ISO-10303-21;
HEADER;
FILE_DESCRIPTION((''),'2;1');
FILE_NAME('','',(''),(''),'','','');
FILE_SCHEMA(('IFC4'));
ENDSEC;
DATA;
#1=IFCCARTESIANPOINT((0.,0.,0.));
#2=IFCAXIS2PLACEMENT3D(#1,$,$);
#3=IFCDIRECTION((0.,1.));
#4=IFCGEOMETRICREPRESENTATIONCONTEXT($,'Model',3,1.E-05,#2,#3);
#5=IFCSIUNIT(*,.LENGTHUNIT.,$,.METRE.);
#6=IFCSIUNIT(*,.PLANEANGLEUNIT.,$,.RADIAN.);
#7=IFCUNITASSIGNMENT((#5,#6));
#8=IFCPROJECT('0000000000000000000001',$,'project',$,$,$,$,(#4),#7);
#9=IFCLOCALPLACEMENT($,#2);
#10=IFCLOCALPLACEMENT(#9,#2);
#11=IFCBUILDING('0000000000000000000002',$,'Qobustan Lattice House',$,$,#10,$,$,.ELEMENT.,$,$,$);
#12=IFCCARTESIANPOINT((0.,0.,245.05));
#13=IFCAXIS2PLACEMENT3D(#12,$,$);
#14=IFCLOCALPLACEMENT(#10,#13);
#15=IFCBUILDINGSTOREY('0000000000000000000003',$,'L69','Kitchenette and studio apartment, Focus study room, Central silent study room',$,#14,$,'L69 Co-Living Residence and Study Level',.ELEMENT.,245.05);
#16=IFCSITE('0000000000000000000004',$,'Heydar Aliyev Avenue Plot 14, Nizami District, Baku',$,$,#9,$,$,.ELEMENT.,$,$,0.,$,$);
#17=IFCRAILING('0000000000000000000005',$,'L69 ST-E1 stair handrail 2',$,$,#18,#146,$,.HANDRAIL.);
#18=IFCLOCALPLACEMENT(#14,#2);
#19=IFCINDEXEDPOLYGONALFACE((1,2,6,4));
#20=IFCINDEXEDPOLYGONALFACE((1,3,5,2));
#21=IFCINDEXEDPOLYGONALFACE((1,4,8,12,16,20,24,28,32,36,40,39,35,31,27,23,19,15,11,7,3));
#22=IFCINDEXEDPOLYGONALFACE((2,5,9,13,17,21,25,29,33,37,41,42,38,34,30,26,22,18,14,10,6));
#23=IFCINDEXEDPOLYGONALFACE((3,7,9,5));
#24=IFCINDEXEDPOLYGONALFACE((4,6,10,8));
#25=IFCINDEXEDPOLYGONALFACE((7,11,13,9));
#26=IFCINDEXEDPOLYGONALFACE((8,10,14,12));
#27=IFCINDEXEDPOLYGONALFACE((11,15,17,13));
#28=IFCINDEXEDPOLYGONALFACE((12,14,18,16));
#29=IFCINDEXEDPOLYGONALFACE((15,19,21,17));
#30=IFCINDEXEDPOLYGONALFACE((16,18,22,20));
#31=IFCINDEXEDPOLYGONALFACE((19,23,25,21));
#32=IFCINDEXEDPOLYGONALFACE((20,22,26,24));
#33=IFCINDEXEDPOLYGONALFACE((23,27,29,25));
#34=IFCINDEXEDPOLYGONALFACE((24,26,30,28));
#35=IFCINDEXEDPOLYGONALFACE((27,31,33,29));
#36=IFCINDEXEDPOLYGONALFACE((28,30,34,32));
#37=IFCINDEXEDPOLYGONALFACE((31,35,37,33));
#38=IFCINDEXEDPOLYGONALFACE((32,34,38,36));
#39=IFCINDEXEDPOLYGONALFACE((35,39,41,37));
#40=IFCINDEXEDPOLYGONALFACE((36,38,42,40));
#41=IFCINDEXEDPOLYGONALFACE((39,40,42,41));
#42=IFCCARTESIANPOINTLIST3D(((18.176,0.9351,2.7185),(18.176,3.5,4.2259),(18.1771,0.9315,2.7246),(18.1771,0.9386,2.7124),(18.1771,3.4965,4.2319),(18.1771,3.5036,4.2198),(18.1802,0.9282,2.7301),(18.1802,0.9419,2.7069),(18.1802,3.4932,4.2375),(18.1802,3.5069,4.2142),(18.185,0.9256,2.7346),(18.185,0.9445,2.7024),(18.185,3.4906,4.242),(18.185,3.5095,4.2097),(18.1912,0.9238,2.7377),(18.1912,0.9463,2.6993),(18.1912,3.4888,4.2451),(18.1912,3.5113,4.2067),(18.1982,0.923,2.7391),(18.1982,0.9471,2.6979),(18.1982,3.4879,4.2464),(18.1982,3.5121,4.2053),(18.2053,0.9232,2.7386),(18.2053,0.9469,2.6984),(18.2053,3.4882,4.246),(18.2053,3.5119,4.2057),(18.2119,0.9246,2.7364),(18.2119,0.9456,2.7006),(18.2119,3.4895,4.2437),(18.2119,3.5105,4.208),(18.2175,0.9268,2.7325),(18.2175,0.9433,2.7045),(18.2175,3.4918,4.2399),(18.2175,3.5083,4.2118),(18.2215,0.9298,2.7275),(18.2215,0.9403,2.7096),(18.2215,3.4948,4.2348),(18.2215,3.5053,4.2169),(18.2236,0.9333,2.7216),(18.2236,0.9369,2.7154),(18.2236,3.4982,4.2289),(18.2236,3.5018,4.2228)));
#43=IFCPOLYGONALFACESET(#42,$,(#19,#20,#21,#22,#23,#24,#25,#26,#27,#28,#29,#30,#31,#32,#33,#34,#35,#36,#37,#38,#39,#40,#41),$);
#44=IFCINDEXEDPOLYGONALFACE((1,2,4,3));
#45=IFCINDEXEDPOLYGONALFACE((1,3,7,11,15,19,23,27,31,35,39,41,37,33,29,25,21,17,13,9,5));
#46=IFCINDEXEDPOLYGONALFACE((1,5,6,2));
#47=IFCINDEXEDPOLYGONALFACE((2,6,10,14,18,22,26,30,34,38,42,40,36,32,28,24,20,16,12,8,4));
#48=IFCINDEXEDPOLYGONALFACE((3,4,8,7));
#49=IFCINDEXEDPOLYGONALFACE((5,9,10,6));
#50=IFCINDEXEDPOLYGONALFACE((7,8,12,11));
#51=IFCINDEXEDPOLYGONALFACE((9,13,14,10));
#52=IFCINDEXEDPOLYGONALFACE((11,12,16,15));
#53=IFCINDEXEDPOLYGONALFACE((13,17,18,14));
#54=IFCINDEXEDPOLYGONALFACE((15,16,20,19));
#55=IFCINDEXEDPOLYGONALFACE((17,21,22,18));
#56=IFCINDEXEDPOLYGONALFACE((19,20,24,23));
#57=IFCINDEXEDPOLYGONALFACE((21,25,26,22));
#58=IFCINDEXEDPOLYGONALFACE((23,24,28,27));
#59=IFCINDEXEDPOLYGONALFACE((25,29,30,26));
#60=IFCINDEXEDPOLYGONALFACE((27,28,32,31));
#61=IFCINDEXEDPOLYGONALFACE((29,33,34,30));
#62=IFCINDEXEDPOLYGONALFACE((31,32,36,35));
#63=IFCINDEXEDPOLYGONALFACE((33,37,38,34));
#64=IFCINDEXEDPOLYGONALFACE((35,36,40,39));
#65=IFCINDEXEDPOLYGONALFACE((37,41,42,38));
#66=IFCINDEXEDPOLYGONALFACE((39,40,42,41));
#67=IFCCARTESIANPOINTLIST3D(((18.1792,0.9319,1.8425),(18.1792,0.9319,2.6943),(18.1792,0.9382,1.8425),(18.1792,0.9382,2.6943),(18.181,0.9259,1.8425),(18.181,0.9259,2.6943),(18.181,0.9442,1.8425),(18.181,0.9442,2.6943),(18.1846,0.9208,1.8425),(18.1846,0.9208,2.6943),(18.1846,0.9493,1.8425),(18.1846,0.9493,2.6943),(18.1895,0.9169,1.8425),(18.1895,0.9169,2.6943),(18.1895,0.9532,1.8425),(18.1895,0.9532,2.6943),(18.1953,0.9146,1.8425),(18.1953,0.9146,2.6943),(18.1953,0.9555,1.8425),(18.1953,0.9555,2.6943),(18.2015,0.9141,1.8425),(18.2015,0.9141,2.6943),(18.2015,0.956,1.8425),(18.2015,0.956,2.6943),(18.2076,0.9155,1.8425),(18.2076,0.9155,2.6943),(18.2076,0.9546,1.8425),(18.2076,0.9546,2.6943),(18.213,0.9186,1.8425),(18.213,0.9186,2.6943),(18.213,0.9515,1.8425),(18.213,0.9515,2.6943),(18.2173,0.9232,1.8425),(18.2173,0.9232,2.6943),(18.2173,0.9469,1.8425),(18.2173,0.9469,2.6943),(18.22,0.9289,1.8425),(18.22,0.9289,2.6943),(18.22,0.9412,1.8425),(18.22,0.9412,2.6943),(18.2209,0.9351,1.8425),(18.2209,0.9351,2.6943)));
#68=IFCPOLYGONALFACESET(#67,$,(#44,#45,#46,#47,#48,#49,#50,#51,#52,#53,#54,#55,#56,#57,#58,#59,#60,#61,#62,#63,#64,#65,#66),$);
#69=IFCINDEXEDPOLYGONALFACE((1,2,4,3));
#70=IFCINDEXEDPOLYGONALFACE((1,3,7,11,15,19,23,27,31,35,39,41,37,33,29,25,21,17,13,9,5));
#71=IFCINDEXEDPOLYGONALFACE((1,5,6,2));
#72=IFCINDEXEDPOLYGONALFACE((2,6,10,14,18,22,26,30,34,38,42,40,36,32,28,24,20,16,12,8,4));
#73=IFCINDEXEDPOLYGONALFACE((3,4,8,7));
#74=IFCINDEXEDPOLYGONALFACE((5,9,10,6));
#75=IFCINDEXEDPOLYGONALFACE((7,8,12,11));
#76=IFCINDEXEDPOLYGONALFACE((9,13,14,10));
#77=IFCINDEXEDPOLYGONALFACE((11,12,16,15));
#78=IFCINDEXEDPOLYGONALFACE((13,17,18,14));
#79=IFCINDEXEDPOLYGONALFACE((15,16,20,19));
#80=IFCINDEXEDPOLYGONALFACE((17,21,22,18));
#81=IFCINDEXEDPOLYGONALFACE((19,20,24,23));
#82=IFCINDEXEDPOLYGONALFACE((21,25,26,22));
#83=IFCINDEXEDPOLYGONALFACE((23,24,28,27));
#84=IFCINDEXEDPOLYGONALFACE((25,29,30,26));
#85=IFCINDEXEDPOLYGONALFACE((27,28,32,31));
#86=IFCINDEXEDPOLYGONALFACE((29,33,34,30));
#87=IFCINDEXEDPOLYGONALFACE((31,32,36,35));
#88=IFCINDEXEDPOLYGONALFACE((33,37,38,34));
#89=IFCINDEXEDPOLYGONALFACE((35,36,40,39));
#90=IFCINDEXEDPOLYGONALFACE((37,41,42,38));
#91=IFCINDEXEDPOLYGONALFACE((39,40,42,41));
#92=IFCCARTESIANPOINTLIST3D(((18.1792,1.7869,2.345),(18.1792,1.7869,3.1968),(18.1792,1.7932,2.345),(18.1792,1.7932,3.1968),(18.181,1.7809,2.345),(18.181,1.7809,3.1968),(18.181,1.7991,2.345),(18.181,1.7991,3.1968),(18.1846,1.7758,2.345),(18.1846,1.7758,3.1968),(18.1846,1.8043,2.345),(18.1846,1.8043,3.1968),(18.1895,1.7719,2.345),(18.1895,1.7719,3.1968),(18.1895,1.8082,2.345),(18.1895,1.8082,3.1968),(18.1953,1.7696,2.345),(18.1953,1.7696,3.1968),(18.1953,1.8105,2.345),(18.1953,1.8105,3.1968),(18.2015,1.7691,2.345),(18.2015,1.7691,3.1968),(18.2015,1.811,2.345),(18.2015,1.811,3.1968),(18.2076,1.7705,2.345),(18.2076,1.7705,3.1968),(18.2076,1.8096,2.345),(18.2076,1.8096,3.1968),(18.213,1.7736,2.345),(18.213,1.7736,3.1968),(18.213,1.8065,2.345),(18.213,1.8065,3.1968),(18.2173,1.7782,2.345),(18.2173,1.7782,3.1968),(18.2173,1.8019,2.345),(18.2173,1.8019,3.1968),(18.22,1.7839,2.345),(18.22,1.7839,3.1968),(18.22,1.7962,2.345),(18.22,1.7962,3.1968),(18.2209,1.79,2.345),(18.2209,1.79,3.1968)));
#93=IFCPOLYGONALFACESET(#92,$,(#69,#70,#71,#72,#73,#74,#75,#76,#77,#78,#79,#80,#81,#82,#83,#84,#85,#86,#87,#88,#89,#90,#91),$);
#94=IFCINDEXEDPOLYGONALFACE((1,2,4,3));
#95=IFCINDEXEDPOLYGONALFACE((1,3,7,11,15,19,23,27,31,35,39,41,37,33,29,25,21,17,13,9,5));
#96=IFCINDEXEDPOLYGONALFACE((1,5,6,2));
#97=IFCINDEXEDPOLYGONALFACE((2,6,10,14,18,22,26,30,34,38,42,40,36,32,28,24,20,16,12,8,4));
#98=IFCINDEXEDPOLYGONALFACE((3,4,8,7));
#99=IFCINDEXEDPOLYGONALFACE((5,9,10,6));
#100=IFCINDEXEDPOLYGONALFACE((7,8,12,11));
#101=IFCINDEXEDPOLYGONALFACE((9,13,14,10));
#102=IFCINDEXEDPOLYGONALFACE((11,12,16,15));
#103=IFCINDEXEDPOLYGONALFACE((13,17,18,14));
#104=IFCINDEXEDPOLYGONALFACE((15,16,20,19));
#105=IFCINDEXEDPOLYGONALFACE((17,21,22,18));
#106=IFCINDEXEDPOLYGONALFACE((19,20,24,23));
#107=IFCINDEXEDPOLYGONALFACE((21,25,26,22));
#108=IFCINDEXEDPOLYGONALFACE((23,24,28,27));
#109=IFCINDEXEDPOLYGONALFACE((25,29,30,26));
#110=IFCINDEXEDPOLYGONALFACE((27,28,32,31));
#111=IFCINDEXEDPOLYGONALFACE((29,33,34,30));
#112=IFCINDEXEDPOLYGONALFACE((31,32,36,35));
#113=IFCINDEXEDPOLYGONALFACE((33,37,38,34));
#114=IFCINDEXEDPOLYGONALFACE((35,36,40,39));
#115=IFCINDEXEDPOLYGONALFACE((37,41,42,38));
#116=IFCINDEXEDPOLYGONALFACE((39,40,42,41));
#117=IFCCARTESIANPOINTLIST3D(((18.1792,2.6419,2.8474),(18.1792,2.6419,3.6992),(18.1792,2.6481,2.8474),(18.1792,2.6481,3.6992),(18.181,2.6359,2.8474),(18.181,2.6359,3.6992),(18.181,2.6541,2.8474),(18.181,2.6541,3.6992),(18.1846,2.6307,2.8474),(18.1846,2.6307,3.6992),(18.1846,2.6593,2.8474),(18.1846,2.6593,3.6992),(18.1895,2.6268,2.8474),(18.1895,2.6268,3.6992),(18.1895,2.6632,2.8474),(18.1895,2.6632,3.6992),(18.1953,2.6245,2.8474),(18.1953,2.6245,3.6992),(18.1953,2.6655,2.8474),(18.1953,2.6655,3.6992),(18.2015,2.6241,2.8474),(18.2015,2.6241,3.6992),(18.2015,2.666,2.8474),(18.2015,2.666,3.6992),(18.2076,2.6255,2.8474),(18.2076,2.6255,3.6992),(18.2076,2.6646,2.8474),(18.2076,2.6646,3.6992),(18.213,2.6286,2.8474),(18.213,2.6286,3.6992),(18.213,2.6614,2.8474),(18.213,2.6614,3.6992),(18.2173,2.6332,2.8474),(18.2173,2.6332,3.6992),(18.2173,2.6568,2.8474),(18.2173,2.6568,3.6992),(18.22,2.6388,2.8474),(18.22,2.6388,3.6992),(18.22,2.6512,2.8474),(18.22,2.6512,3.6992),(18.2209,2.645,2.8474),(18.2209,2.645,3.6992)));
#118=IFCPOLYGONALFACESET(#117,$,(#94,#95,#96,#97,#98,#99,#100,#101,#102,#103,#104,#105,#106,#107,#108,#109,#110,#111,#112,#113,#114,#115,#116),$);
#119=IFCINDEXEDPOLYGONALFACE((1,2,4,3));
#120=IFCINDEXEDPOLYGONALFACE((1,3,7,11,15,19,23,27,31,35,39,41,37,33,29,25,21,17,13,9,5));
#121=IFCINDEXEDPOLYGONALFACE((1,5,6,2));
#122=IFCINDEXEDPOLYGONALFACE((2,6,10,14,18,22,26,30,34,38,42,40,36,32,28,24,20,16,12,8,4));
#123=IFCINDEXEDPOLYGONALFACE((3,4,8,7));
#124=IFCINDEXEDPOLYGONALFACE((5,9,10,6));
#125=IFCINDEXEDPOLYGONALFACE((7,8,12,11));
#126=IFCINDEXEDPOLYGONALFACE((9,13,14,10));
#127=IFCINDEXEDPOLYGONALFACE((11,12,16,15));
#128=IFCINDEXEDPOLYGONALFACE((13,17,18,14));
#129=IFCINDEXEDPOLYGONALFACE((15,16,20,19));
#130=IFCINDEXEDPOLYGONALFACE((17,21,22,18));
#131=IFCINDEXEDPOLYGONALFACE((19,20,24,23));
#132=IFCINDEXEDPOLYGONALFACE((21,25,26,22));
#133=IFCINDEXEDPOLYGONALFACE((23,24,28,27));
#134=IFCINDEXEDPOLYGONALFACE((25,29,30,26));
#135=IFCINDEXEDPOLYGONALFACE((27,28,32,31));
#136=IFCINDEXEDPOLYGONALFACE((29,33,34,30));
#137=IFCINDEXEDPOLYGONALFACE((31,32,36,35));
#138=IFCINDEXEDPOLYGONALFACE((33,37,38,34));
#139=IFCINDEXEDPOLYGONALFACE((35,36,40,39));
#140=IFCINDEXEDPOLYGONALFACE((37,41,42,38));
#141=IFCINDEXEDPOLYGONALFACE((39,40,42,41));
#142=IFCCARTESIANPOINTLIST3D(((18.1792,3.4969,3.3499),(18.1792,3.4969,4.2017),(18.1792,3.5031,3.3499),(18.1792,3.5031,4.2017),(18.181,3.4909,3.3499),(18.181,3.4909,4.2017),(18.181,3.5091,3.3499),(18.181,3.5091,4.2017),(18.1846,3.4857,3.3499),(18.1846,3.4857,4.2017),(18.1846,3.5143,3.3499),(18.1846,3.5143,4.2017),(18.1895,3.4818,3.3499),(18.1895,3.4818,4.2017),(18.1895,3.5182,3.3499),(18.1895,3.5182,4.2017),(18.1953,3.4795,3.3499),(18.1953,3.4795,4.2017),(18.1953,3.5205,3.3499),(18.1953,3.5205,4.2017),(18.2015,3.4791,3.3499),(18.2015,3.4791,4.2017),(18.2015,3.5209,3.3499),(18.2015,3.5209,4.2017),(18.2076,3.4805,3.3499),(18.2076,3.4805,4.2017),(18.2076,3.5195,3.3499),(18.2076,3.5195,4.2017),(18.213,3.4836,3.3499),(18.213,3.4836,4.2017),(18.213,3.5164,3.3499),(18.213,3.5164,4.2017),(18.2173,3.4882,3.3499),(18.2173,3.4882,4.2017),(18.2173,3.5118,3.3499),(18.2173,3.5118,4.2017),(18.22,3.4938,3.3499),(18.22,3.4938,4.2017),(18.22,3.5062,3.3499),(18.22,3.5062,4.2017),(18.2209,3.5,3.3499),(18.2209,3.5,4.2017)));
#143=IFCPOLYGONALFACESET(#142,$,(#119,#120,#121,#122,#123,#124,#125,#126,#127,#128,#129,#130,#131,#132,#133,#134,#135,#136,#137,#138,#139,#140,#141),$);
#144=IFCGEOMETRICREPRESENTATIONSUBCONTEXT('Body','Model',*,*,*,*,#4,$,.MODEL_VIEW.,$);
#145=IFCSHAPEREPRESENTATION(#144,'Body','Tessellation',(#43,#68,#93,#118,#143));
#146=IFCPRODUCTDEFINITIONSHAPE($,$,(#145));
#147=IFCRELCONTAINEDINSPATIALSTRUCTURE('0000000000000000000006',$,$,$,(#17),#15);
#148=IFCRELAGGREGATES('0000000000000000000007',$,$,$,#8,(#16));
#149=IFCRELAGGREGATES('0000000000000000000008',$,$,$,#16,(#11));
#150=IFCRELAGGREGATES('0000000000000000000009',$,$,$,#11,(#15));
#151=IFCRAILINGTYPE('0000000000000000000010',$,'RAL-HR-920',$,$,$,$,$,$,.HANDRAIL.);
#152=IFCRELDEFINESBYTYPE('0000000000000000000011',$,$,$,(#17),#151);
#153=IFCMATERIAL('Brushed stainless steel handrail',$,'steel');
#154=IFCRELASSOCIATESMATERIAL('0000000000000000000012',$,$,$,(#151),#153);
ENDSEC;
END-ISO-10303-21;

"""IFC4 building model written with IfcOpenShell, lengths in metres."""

from ifc_helpers import new_model, si_unit, direction, frame, origin, origin_2d, place, context, subcontext, project, spatial, circle, extrude, material, type_object, element, save


model = new_model("IFC4")

# Units and contexts
model_context = context("Model", 3, precision=1e-05, world=origin(), true_north=direction((0.0, 1.0)))
body_context = subcontext(model_context, "Body", "Model", "MODEL_VIEW")
ifc_project = project(units=[si_unit("LENGTHUNIT", "METRE"), si_unit("PLANEANGLEUNIT", "RADIAN")], contexts=[model_context])

# Site, building, storey
site_placement = place(None, origin())
site = spatial("IfcSite", under=ifc_project, at=site_placement, Name="Heydar Aliyev Avenue Plot 14, Nizami District, Baku", CompositionType="ELEMENT", RefElevation=0.0)
building_placement = place(site_placement, origin())
building = spatial("IfcBuilding", under=site, at=building_placement, Name="Qobustan Lattice House", CompositionType="ELEMENT")
storey_placement = place(building_placement, frame((0.0, 0.0, 245.05)))
storey = spatial("IfcBuildingStorey", under=building, at=storey_placement, Name="L69", Description="Kitchenette and studio apartment, Focus study room, Central silent study room", LongName="L69 Co-Living Residence and Study Level", CompositionType="ELEMENT", Elevation=245.05)

# Railing
ifc_material_1 = material(Name="Brushed stainless steel handrail", Category="steel")
railing_type_1 = type_object("IfcRailingType", Name="RAL-HR-920", PredefinedType="HANDRAIL", material=ifc_material_1)
railing_1_placement = place(storey_placement, frame((18.2, 0.9351, 1.8425)))
element("IfcRailing", 1, at=railing_1_placement, inside=storey, type_object=railing_type_1, Name="L69 ST-E1 stair handrail 2", PredefinedType="HANDRAIL", context=body_context, shape_type="SweptSolid", body=[
    extrude(circle(Radius=0.0239, at=origin_2d()), frame((0.0, 0.0, 0.876), z_axis=(0.0, 0.862149, 0.506654), x_axis=(-1.0, 0.0, 0.0)), (0.0, 0.0, 1.0), 2.9751),
    extrude(circle(Radius=0.021, at=origin_2d()), origin(), (0.0, 0.0, 1.0), 0.8518),
    extrude(circle(Radius=0.021, at=origin_2d()), frame((0.0, 0.855, 0.5024)), (0.0, 0.0, 1.0), 0.8518),
    extrude(circle(Radius=0.021, at=origin_2d()), frame((0.0, 1.71, 1.0049)), (0.0, 0.0, 1.0), 0.8518),
    extrude(circle(Radius=0.021, at=origin_2d()), frame((0.0, 2.5649, 1.5073)), (0.0, 0.0, 1.0), 0.8518),
])

save(model, "model.ifc")
